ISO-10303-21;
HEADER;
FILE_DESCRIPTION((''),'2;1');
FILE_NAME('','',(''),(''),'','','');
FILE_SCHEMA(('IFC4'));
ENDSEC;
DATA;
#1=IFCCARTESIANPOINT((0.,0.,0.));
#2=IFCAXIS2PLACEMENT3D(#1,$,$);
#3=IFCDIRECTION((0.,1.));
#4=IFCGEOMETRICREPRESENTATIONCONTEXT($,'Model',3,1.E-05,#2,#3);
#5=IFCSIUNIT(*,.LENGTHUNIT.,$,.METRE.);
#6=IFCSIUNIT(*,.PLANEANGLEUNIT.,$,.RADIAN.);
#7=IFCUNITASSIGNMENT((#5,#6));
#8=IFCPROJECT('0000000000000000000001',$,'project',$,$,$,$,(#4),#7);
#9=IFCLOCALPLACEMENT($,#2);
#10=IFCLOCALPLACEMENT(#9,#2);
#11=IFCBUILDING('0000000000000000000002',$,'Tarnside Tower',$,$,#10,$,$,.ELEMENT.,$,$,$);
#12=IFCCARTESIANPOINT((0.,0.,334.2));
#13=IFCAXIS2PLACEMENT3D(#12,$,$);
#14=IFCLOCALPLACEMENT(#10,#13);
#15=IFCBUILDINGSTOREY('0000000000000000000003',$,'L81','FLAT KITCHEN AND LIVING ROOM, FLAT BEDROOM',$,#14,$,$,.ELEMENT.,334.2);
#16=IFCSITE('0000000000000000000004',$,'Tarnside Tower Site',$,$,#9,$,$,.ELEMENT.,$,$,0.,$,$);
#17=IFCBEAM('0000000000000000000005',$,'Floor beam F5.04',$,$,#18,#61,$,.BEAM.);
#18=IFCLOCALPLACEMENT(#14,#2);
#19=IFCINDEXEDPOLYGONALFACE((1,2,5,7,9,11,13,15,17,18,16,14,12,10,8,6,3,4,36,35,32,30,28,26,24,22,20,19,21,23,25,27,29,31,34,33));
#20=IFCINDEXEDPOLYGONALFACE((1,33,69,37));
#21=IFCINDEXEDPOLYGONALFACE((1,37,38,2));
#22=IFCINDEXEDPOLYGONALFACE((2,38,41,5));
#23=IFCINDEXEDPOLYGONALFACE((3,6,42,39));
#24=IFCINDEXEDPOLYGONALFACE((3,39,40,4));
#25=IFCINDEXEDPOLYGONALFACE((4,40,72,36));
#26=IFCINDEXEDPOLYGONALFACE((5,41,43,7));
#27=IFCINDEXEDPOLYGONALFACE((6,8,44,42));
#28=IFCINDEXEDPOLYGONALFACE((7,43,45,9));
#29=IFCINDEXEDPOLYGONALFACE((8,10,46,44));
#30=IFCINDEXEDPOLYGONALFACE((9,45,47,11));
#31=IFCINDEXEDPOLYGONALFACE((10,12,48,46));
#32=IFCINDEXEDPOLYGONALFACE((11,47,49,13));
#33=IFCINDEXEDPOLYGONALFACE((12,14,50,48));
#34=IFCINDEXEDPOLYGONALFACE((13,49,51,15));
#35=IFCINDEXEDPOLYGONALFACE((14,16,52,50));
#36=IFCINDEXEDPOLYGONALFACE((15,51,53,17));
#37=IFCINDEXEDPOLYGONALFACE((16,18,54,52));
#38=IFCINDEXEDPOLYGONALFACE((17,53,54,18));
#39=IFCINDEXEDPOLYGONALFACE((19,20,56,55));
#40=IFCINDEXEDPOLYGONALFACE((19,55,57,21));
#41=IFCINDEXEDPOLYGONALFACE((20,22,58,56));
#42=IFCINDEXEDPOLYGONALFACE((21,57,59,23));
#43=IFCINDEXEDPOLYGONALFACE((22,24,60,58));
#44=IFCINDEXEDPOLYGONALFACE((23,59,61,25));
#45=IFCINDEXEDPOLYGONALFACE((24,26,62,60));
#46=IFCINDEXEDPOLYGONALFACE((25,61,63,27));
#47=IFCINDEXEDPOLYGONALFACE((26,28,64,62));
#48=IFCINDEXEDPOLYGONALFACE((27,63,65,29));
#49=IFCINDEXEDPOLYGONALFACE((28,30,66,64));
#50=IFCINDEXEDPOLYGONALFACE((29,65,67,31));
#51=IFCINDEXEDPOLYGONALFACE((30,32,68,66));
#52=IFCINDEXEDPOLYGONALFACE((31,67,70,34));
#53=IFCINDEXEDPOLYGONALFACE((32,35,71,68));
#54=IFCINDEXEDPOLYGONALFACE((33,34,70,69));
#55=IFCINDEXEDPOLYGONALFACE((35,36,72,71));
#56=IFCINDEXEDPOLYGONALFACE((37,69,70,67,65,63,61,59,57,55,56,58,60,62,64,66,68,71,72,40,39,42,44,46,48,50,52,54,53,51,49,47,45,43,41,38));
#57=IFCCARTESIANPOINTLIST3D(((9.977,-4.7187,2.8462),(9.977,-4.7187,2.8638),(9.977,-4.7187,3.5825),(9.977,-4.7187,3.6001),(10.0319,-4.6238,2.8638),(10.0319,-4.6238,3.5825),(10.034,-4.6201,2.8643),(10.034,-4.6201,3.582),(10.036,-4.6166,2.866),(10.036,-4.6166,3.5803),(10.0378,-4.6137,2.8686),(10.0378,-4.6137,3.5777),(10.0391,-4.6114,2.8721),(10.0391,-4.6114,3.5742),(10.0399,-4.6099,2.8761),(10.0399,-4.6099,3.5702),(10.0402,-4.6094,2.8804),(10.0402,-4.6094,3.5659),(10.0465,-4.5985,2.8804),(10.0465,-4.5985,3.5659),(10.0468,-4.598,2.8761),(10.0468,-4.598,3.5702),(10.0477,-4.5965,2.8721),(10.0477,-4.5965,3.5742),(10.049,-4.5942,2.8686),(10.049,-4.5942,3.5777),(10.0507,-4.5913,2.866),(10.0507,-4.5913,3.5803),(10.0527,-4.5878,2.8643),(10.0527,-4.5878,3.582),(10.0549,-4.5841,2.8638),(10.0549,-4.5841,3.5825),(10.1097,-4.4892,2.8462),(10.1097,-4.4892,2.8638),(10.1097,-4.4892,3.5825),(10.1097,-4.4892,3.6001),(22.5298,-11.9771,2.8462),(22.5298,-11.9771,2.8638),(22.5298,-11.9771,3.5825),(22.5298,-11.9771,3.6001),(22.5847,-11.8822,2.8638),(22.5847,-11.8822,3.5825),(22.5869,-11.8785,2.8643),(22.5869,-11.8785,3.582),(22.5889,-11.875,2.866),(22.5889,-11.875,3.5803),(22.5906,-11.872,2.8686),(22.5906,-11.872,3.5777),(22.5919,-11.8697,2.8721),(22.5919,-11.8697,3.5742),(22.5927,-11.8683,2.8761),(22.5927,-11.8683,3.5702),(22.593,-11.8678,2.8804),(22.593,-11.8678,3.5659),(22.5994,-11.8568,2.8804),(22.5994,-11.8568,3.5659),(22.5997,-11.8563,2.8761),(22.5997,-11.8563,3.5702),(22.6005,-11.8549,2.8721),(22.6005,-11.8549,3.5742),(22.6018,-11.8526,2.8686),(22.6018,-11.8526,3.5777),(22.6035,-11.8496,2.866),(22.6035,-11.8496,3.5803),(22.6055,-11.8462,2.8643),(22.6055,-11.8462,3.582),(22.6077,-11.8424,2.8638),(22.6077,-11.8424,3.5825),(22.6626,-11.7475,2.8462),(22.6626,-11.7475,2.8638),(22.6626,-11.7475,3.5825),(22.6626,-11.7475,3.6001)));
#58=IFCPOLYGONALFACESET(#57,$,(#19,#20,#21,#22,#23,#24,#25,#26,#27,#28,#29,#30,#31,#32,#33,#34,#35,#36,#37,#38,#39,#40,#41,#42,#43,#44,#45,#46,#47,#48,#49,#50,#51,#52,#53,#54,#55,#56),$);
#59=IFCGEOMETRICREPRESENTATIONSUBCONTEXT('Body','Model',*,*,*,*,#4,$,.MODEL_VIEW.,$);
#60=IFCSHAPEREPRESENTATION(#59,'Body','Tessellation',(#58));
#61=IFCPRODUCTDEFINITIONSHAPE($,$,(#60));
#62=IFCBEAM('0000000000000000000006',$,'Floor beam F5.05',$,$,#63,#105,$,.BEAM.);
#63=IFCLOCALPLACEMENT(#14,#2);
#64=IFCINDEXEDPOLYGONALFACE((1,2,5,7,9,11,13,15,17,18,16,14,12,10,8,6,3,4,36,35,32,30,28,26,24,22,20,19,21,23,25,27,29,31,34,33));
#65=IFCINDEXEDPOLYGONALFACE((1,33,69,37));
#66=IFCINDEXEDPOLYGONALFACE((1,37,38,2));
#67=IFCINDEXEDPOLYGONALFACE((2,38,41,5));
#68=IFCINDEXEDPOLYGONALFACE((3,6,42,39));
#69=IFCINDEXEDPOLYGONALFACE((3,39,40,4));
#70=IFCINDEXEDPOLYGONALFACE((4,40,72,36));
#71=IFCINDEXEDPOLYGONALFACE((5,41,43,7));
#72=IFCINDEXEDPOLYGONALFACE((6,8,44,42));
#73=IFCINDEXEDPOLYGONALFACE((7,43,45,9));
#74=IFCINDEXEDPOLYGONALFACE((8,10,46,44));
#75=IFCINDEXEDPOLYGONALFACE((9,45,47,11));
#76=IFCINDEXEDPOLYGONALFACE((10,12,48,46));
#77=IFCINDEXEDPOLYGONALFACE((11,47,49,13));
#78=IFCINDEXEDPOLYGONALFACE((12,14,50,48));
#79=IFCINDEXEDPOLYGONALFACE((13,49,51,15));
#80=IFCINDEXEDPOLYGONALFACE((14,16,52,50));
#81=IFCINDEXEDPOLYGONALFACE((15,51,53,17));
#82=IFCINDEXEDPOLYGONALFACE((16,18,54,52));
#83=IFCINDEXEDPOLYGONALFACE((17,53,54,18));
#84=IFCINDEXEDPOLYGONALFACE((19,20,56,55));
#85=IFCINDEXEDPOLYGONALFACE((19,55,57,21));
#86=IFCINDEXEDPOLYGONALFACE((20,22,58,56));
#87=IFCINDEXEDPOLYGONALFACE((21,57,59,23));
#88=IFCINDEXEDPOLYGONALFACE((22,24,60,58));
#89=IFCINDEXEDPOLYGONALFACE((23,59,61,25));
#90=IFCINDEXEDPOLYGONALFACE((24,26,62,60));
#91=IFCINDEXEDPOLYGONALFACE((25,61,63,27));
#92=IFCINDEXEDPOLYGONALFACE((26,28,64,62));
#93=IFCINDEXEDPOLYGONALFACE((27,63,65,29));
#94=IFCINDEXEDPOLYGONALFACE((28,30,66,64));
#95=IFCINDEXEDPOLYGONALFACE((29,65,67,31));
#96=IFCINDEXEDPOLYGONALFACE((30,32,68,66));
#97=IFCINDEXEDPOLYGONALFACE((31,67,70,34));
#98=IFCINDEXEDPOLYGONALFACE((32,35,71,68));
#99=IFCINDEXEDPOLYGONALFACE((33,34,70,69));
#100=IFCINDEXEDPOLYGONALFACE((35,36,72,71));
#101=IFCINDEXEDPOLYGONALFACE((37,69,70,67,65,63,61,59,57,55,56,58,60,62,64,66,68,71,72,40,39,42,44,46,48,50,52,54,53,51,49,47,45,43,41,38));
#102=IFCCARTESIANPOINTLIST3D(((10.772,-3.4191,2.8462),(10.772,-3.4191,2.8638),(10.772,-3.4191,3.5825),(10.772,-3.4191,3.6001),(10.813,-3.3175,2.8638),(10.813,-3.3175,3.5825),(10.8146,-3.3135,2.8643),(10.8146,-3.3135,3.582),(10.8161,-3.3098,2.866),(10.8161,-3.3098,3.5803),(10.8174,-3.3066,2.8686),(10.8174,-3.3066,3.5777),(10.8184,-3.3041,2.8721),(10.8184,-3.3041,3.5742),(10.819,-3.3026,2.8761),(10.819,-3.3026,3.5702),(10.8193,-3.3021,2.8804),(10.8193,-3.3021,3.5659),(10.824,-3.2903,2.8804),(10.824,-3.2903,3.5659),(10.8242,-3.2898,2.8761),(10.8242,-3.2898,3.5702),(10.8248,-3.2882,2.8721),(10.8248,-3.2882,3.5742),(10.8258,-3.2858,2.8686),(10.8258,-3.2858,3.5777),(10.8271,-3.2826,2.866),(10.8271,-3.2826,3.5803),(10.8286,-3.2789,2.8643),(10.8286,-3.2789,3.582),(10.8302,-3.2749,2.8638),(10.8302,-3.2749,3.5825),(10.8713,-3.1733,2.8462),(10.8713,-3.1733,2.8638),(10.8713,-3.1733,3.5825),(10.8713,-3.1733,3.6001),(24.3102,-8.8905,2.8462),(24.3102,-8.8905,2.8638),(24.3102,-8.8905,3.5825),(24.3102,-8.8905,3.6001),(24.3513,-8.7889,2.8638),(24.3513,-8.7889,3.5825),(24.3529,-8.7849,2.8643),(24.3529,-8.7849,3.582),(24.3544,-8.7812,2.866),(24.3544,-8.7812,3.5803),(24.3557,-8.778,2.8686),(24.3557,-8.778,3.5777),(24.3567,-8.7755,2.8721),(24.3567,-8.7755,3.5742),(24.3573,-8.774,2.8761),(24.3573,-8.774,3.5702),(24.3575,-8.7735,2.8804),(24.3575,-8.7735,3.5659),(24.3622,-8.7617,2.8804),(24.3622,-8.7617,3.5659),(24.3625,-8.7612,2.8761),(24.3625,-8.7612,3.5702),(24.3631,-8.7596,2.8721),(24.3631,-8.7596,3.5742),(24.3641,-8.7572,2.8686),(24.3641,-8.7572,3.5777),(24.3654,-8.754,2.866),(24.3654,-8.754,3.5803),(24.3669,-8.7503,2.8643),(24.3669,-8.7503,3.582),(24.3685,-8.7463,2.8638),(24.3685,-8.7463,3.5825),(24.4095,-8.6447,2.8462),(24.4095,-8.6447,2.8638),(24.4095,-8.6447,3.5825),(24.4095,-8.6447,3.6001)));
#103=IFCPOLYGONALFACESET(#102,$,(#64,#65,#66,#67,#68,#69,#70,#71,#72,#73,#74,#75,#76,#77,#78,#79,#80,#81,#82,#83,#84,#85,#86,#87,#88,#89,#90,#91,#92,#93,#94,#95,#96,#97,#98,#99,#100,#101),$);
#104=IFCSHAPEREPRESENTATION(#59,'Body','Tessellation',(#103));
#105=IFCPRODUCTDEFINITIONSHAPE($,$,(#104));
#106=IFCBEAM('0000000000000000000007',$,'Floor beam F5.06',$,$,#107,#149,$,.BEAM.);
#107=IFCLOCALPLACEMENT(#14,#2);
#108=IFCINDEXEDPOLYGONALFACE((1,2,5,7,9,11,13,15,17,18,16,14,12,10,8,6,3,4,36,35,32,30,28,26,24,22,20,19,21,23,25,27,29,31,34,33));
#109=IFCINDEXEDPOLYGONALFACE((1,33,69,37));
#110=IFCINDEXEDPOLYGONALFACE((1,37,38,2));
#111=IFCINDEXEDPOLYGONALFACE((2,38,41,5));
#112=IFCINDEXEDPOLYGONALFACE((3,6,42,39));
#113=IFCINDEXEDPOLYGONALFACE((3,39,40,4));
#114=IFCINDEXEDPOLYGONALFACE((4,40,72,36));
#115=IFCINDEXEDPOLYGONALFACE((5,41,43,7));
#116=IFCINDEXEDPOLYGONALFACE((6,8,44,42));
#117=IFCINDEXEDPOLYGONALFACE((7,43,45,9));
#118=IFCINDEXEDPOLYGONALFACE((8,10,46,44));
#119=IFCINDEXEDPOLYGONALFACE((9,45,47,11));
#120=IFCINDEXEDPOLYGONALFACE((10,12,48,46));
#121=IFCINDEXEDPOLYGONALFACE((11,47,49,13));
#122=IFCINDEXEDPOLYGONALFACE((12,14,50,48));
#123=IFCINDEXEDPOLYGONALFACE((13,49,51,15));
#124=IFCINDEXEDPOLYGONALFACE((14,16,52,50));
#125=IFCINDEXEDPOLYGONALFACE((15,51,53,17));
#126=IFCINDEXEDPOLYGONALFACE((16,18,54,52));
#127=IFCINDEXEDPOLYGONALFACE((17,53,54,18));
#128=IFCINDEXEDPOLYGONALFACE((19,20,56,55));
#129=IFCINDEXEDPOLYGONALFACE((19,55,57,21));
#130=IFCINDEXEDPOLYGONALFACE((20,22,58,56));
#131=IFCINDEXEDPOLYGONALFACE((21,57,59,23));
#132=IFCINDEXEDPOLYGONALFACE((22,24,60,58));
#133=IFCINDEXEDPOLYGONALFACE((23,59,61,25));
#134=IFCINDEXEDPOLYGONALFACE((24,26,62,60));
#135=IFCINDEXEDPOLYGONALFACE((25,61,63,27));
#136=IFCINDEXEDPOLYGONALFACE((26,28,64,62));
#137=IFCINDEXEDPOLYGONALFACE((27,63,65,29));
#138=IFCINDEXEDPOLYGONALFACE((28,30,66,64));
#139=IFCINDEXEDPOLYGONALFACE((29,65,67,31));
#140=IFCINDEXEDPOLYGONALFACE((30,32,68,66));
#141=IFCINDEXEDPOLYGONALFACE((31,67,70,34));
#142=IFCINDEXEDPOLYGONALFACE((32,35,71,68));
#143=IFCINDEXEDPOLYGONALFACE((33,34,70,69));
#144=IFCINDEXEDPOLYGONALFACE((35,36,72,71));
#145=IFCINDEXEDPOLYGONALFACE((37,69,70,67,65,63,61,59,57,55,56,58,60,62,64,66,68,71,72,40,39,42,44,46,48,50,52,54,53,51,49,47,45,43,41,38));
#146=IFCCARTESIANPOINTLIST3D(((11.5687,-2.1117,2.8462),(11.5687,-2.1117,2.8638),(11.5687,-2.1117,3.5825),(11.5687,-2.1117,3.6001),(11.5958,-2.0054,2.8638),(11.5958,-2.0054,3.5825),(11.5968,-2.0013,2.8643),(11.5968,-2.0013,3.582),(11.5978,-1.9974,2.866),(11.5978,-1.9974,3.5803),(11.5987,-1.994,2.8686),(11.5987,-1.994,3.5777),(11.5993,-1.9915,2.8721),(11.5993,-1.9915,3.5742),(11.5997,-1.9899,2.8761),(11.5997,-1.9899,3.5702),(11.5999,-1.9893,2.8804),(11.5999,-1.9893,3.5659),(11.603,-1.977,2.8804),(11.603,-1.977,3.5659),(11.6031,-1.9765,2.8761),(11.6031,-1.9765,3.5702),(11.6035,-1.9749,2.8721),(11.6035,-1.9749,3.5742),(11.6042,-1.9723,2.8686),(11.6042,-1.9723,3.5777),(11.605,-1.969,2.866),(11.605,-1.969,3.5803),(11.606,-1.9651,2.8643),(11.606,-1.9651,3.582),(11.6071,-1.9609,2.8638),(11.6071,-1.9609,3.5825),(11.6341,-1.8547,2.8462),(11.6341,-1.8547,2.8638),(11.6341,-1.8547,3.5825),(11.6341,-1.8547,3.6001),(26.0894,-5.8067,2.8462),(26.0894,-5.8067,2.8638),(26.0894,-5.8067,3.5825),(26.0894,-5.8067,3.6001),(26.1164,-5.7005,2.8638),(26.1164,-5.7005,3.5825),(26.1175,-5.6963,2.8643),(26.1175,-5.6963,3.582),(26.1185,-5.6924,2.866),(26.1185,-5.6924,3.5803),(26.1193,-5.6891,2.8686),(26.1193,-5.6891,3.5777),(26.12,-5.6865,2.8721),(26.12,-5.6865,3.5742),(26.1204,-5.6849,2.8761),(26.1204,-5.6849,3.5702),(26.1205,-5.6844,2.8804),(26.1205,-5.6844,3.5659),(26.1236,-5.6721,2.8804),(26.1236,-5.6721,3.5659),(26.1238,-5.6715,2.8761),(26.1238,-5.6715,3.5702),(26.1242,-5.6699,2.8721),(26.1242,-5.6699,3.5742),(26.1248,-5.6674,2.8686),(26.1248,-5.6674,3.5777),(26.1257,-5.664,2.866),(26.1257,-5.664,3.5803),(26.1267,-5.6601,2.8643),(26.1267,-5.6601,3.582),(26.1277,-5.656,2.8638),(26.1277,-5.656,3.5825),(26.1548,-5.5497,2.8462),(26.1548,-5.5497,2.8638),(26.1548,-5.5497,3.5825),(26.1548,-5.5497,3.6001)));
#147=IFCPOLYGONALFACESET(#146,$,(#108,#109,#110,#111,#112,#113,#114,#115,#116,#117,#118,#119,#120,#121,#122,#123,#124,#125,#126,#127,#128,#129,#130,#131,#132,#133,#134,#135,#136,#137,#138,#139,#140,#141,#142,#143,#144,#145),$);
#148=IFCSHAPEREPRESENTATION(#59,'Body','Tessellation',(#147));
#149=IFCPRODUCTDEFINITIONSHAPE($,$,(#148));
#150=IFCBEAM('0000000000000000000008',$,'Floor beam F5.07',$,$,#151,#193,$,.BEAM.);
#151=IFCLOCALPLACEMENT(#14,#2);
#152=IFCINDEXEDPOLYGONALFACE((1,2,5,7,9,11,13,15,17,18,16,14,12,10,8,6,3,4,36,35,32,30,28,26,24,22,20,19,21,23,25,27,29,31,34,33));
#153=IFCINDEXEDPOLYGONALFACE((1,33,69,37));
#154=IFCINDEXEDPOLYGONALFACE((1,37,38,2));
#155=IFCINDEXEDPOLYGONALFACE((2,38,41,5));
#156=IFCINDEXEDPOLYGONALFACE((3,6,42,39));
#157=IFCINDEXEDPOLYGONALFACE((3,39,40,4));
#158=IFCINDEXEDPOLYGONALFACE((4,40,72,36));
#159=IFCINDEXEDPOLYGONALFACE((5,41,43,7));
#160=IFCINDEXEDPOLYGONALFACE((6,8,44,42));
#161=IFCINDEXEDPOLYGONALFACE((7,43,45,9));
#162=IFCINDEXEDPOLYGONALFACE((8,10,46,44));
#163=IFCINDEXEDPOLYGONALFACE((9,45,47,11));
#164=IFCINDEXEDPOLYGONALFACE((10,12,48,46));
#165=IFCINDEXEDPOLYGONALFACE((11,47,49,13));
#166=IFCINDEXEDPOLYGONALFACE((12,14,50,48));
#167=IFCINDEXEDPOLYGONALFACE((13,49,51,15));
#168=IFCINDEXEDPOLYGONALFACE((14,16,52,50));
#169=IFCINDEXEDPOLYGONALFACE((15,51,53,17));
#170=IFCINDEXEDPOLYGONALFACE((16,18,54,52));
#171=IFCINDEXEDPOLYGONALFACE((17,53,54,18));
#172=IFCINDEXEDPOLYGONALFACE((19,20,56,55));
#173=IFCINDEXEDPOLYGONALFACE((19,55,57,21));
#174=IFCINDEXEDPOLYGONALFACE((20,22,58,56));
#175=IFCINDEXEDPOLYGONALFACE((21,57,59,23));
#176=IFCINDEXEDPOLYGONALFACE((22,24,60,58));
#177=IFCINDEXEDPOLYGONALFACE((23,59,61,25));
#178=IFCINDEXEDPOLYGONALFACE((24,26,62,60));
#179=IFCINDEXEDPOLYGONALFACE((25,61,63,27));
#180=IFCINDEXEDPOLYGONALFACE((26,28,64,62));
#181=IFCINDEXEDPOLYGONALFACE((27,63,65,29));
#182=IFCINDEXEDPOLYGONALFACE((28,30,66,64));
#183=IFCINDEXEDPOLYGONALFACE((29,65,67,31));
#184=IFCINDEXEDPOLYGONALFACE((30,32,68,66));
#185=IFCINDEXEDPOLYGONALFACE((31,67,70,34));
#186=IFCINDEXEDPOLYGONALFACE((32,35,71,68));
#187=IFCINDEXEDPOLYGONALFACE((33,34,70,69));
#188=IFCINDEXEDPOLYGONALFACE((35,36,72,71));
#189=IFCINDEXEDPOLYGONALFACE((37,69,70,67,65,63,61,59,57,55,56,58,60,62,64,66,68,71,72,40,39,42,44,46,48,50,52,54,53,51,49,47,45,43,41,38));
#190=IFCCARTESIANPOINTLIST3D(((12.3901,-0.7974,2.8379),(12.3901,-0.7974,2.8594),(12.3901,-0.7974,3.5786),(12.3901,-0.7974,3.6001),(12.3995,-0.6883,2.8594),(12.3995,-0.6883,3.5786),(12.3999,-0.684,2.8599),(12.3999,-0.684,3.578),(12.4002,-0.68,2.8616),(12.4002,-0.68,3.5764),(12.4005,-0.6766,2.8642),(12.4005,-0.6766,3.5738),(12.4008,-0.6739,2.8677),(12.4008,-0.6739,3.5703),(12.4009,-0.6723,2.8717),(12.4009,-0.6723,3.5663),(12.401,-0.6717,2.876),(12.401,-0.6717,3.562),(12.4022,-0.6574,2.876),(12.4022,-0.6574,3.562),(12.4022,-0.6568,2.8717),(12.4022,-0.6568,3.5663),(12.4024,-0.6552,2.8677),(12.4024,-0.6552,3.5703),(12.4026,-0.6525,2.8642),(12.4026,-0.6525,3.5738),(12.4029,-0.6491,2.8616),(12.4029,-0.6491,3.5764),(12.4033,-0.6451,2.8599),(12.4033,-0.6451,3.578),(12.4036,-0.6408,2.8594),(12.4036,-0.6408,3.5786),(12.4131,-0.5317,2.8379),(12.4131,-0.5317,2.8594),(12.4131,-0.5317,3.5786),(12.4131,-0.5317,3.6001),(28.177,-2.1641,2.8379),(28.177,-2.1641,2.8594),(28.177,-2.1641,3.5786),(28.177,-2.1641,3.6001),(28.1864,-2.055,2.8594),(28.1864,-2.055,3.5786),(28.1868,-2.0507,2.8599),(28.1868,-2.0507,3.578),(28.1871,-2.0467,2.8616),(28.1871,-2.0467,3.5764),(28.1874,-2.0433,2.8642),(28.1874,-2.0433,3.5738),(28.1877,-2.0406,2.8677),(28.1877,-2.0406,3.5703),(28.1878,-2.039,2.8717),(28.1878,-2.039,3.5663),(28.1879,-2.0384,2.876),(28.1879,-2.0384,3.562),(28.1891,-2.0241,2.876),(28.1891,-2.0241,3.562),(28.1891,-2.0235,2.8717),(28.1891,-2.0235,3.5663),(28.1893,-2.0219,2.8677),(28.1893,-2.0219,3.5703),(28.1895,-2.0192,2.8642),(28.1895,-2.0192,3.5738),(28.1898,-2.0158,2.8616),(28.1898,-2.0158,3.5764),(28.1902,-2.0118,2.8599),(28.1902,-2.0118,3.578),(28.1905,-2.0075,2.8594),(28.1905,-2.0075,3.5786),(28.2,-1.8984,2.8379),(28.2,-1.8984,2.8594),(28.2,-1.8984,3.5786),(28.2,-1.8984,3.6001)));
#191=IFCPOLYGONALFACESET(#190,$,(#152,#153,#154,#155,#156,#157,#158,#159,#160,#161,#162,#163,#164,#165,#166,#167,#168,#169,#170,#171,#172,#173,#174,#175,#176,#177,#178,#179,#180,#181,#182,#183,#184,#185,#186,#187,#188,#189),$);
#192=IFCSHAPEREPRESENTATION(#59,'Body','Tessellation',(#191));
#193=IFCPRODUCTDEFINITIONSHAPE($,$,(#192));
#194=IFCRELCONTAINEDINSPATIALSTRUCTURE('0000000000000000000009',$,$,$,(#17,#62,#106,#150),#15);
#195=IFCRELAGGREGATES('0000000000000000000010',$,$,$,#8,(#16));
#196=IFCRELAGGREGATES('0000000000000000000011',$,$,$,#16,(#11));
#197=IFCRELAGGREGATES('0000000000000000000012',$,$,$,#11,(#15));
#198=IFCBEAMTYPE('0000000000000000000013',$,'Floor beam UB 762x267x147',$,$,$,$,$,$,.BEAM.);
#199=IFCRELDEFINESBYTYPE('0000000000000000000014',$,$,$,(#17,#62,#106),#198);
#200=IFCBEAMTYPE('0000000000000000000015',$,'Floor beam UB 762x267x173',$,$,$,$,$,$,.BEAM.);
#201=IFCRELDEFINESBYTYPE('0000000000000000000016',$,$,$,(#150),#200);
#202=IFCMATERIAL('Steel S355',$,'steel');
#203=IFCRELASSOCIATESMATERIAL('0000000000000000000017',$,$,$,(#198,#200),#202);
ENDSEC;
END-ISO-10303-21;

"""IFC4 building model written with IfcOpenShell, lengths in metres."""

from ifc_helpers import new_model, si_unit, direction, frame, origin, origin_2d, place, context, subcontext, project, spatial, i_section, extrude, material, material_profile, profile_set, type_object, element, save


model = new_model("IFC4")

# Units and contexts
model_context = context("Model", 3, precision=1e-05, world=origin(), true_north=direction((0.0, 1.0)))
body_context = subcontext(model_context, "Body", "Model", "MODEL_VIEW")
ifc_project = project(units=[si_unit("LENGTHUNIT", "METRE"), si_unit("PLANEANGLEUNIT", "RADIAN")], contexts=[model_context])

# Site, building, storey
site_placement = place(None, origin())
site = spatial("IfcSite", under=ifc_project, at=site_placement, Name="Tarnside Tower Site", CompositionType="ELEMENT", RefElevation=0.0)
building_placement = place(site_placement, origin())
building = spatial("IfcBuilding", under=site, at=building_placement, Name="Tarnside Tower", CompositionType="ELEMENT")
storey_placement = place(building_placement, frame((0.0, 0.0, 334.2)))
storey = spatial("IfcBuildingStorey", under=building, at=storey_placement, Name="L81", Description="FLAT KITCHEN AND LIVING ROOM, FLAT BEDROOM", CompositionType="ELEMENT", Elevation=334.2)

# Beams
ifc_material_1 = material(Name="Steel S355", Category="steel")
ifc_material_profile_1 = material_profile(ifc_material_1, i_section(OverallWidth=0.2651, OverallDepth=0.7539, WebThickness=0.0127, FlangeThickness=0.0176, FilletRadius=0.0166, at=origin_2d()), Name="UB 762x267x147")
ifc_profile_set_1 = profile_set([ifc_material_profile_1], Name="Steel S355")
beam_type_1 = type_object("IfcBeamType", Name="Floor beam UB 762x267x147", PredefinedType="BEAM", material=ifc_profile_set_1)
beam_1_placement = place(storey_placement, frame((22.5962, -11.8623, 3.2231), z_axis=(-0.865697, 0.500568, 0.0), x_axis=(-0.500568, -0.865697, 0.0)))
element("IfcBeam", 1, at=beam_1_placement, inside=storey, type_object=beam_type_1, Name="Floor beam F5.04", PredefinedType="BEAM", context=body_context, shape_type="SweptSolid", body=[
    extrude(i_section(OverallWidth=0.2651, OverallDepth=0.7539, WebThickness=0.0127, FlangeThickness=0.0176, FilletRadius=0.0166, at=origin_2d()), origin(), (0.0, 0.0, 1.0), 14.5002),
])
beam_2_placement = place(storey_placement, frame((24.3599, -8.7676, 3.2231), z_axis=(-0.927146, 0.374701, 0.0), x_axis=(-0.374701, -0.927146, 0.0)))
element("IfcBeam", 2, at=beam_2_placement, inside=storey, type_object=beam_type_1, Name="Floor beam F5.05", PredefinedType="BEAM", context=body_context, shape_type="SweptSolid", body=[
    extrude(i_section(OverallWidth=0.2651, OverallDepth=0.7539, WebThickness=0.0127, FlangeThickness=0.0176, FilletRadius=0.0166, at=origin_2d()), origin(), (0.0, 0.0, 1.0), 14.6021),
])
beam_3_placement = place(storey_placement, frame((26.1221, -5.6782, 3.2231), z_axis=(-0.969115, 0.246609, 0.0), x_axis=(-0.246609, -0.969115, 0.0)))
element("IfcBeam", 3, at=beam_3_placement, inside=storey, type_object=beam_type_1, Name="Floor beam F5.06", PredefinedType="BEAM", context=body_context, shape_type="SweptSolid", body=[
    extrude(i_section(OverallWidth=0.2651, OverallDepth=0.7539, WebThickness=0.0127, FlangeThickness=0.0176, FilletRadius=0.0166, at=origin_2d()), origin(), (0.0, 0.0, 1.0), 14.9834),
])
ifc_material_profile_2 = material_profile(ifc_material_1, i_section(OverallWidth=0.2666, OverallDepth=0.7622, WebThickness=0.0144, FlangeThickness=0.0215, FilletRadius=0.0166, at=origin_2d()), Name="UB 762x267x173")
ifc_profile_set_2 = profile_set([ifc_material_profile_2], Name="Steel S355")
beam_type_2 = type_object("IfcBeamType", Name="Floor beam UB 762x267x173", PredefinedType="BEAM", material=ifc_profile_set_2)
beam_4_placement = place(storey_placement, frame((28.1885, -2.0312, 3.219), z_axis=(-0.996274, 0.086249, 0.0), x_axis=(-0.086249, -0.996274, 0.0)))
element("IfcBeam", 4, at=beam_4_placement, inside=storey, type_object=beam_type_2, Name="Floor beam F5.07", PredefinedType="BEAM", context=body_context, shape_type="SweptSolid", body=[
    extrude(i_section(OverallWidth=0.2666, OverallDepth=0.7622, WebThickness=0.0144, FlangeThickness=0.0215, FilletRadius=0.0166, at=origin_2d()), origin(), (0.0, 0.0, 1.0), 15.8459),
])

save(model, "model.ifc")
